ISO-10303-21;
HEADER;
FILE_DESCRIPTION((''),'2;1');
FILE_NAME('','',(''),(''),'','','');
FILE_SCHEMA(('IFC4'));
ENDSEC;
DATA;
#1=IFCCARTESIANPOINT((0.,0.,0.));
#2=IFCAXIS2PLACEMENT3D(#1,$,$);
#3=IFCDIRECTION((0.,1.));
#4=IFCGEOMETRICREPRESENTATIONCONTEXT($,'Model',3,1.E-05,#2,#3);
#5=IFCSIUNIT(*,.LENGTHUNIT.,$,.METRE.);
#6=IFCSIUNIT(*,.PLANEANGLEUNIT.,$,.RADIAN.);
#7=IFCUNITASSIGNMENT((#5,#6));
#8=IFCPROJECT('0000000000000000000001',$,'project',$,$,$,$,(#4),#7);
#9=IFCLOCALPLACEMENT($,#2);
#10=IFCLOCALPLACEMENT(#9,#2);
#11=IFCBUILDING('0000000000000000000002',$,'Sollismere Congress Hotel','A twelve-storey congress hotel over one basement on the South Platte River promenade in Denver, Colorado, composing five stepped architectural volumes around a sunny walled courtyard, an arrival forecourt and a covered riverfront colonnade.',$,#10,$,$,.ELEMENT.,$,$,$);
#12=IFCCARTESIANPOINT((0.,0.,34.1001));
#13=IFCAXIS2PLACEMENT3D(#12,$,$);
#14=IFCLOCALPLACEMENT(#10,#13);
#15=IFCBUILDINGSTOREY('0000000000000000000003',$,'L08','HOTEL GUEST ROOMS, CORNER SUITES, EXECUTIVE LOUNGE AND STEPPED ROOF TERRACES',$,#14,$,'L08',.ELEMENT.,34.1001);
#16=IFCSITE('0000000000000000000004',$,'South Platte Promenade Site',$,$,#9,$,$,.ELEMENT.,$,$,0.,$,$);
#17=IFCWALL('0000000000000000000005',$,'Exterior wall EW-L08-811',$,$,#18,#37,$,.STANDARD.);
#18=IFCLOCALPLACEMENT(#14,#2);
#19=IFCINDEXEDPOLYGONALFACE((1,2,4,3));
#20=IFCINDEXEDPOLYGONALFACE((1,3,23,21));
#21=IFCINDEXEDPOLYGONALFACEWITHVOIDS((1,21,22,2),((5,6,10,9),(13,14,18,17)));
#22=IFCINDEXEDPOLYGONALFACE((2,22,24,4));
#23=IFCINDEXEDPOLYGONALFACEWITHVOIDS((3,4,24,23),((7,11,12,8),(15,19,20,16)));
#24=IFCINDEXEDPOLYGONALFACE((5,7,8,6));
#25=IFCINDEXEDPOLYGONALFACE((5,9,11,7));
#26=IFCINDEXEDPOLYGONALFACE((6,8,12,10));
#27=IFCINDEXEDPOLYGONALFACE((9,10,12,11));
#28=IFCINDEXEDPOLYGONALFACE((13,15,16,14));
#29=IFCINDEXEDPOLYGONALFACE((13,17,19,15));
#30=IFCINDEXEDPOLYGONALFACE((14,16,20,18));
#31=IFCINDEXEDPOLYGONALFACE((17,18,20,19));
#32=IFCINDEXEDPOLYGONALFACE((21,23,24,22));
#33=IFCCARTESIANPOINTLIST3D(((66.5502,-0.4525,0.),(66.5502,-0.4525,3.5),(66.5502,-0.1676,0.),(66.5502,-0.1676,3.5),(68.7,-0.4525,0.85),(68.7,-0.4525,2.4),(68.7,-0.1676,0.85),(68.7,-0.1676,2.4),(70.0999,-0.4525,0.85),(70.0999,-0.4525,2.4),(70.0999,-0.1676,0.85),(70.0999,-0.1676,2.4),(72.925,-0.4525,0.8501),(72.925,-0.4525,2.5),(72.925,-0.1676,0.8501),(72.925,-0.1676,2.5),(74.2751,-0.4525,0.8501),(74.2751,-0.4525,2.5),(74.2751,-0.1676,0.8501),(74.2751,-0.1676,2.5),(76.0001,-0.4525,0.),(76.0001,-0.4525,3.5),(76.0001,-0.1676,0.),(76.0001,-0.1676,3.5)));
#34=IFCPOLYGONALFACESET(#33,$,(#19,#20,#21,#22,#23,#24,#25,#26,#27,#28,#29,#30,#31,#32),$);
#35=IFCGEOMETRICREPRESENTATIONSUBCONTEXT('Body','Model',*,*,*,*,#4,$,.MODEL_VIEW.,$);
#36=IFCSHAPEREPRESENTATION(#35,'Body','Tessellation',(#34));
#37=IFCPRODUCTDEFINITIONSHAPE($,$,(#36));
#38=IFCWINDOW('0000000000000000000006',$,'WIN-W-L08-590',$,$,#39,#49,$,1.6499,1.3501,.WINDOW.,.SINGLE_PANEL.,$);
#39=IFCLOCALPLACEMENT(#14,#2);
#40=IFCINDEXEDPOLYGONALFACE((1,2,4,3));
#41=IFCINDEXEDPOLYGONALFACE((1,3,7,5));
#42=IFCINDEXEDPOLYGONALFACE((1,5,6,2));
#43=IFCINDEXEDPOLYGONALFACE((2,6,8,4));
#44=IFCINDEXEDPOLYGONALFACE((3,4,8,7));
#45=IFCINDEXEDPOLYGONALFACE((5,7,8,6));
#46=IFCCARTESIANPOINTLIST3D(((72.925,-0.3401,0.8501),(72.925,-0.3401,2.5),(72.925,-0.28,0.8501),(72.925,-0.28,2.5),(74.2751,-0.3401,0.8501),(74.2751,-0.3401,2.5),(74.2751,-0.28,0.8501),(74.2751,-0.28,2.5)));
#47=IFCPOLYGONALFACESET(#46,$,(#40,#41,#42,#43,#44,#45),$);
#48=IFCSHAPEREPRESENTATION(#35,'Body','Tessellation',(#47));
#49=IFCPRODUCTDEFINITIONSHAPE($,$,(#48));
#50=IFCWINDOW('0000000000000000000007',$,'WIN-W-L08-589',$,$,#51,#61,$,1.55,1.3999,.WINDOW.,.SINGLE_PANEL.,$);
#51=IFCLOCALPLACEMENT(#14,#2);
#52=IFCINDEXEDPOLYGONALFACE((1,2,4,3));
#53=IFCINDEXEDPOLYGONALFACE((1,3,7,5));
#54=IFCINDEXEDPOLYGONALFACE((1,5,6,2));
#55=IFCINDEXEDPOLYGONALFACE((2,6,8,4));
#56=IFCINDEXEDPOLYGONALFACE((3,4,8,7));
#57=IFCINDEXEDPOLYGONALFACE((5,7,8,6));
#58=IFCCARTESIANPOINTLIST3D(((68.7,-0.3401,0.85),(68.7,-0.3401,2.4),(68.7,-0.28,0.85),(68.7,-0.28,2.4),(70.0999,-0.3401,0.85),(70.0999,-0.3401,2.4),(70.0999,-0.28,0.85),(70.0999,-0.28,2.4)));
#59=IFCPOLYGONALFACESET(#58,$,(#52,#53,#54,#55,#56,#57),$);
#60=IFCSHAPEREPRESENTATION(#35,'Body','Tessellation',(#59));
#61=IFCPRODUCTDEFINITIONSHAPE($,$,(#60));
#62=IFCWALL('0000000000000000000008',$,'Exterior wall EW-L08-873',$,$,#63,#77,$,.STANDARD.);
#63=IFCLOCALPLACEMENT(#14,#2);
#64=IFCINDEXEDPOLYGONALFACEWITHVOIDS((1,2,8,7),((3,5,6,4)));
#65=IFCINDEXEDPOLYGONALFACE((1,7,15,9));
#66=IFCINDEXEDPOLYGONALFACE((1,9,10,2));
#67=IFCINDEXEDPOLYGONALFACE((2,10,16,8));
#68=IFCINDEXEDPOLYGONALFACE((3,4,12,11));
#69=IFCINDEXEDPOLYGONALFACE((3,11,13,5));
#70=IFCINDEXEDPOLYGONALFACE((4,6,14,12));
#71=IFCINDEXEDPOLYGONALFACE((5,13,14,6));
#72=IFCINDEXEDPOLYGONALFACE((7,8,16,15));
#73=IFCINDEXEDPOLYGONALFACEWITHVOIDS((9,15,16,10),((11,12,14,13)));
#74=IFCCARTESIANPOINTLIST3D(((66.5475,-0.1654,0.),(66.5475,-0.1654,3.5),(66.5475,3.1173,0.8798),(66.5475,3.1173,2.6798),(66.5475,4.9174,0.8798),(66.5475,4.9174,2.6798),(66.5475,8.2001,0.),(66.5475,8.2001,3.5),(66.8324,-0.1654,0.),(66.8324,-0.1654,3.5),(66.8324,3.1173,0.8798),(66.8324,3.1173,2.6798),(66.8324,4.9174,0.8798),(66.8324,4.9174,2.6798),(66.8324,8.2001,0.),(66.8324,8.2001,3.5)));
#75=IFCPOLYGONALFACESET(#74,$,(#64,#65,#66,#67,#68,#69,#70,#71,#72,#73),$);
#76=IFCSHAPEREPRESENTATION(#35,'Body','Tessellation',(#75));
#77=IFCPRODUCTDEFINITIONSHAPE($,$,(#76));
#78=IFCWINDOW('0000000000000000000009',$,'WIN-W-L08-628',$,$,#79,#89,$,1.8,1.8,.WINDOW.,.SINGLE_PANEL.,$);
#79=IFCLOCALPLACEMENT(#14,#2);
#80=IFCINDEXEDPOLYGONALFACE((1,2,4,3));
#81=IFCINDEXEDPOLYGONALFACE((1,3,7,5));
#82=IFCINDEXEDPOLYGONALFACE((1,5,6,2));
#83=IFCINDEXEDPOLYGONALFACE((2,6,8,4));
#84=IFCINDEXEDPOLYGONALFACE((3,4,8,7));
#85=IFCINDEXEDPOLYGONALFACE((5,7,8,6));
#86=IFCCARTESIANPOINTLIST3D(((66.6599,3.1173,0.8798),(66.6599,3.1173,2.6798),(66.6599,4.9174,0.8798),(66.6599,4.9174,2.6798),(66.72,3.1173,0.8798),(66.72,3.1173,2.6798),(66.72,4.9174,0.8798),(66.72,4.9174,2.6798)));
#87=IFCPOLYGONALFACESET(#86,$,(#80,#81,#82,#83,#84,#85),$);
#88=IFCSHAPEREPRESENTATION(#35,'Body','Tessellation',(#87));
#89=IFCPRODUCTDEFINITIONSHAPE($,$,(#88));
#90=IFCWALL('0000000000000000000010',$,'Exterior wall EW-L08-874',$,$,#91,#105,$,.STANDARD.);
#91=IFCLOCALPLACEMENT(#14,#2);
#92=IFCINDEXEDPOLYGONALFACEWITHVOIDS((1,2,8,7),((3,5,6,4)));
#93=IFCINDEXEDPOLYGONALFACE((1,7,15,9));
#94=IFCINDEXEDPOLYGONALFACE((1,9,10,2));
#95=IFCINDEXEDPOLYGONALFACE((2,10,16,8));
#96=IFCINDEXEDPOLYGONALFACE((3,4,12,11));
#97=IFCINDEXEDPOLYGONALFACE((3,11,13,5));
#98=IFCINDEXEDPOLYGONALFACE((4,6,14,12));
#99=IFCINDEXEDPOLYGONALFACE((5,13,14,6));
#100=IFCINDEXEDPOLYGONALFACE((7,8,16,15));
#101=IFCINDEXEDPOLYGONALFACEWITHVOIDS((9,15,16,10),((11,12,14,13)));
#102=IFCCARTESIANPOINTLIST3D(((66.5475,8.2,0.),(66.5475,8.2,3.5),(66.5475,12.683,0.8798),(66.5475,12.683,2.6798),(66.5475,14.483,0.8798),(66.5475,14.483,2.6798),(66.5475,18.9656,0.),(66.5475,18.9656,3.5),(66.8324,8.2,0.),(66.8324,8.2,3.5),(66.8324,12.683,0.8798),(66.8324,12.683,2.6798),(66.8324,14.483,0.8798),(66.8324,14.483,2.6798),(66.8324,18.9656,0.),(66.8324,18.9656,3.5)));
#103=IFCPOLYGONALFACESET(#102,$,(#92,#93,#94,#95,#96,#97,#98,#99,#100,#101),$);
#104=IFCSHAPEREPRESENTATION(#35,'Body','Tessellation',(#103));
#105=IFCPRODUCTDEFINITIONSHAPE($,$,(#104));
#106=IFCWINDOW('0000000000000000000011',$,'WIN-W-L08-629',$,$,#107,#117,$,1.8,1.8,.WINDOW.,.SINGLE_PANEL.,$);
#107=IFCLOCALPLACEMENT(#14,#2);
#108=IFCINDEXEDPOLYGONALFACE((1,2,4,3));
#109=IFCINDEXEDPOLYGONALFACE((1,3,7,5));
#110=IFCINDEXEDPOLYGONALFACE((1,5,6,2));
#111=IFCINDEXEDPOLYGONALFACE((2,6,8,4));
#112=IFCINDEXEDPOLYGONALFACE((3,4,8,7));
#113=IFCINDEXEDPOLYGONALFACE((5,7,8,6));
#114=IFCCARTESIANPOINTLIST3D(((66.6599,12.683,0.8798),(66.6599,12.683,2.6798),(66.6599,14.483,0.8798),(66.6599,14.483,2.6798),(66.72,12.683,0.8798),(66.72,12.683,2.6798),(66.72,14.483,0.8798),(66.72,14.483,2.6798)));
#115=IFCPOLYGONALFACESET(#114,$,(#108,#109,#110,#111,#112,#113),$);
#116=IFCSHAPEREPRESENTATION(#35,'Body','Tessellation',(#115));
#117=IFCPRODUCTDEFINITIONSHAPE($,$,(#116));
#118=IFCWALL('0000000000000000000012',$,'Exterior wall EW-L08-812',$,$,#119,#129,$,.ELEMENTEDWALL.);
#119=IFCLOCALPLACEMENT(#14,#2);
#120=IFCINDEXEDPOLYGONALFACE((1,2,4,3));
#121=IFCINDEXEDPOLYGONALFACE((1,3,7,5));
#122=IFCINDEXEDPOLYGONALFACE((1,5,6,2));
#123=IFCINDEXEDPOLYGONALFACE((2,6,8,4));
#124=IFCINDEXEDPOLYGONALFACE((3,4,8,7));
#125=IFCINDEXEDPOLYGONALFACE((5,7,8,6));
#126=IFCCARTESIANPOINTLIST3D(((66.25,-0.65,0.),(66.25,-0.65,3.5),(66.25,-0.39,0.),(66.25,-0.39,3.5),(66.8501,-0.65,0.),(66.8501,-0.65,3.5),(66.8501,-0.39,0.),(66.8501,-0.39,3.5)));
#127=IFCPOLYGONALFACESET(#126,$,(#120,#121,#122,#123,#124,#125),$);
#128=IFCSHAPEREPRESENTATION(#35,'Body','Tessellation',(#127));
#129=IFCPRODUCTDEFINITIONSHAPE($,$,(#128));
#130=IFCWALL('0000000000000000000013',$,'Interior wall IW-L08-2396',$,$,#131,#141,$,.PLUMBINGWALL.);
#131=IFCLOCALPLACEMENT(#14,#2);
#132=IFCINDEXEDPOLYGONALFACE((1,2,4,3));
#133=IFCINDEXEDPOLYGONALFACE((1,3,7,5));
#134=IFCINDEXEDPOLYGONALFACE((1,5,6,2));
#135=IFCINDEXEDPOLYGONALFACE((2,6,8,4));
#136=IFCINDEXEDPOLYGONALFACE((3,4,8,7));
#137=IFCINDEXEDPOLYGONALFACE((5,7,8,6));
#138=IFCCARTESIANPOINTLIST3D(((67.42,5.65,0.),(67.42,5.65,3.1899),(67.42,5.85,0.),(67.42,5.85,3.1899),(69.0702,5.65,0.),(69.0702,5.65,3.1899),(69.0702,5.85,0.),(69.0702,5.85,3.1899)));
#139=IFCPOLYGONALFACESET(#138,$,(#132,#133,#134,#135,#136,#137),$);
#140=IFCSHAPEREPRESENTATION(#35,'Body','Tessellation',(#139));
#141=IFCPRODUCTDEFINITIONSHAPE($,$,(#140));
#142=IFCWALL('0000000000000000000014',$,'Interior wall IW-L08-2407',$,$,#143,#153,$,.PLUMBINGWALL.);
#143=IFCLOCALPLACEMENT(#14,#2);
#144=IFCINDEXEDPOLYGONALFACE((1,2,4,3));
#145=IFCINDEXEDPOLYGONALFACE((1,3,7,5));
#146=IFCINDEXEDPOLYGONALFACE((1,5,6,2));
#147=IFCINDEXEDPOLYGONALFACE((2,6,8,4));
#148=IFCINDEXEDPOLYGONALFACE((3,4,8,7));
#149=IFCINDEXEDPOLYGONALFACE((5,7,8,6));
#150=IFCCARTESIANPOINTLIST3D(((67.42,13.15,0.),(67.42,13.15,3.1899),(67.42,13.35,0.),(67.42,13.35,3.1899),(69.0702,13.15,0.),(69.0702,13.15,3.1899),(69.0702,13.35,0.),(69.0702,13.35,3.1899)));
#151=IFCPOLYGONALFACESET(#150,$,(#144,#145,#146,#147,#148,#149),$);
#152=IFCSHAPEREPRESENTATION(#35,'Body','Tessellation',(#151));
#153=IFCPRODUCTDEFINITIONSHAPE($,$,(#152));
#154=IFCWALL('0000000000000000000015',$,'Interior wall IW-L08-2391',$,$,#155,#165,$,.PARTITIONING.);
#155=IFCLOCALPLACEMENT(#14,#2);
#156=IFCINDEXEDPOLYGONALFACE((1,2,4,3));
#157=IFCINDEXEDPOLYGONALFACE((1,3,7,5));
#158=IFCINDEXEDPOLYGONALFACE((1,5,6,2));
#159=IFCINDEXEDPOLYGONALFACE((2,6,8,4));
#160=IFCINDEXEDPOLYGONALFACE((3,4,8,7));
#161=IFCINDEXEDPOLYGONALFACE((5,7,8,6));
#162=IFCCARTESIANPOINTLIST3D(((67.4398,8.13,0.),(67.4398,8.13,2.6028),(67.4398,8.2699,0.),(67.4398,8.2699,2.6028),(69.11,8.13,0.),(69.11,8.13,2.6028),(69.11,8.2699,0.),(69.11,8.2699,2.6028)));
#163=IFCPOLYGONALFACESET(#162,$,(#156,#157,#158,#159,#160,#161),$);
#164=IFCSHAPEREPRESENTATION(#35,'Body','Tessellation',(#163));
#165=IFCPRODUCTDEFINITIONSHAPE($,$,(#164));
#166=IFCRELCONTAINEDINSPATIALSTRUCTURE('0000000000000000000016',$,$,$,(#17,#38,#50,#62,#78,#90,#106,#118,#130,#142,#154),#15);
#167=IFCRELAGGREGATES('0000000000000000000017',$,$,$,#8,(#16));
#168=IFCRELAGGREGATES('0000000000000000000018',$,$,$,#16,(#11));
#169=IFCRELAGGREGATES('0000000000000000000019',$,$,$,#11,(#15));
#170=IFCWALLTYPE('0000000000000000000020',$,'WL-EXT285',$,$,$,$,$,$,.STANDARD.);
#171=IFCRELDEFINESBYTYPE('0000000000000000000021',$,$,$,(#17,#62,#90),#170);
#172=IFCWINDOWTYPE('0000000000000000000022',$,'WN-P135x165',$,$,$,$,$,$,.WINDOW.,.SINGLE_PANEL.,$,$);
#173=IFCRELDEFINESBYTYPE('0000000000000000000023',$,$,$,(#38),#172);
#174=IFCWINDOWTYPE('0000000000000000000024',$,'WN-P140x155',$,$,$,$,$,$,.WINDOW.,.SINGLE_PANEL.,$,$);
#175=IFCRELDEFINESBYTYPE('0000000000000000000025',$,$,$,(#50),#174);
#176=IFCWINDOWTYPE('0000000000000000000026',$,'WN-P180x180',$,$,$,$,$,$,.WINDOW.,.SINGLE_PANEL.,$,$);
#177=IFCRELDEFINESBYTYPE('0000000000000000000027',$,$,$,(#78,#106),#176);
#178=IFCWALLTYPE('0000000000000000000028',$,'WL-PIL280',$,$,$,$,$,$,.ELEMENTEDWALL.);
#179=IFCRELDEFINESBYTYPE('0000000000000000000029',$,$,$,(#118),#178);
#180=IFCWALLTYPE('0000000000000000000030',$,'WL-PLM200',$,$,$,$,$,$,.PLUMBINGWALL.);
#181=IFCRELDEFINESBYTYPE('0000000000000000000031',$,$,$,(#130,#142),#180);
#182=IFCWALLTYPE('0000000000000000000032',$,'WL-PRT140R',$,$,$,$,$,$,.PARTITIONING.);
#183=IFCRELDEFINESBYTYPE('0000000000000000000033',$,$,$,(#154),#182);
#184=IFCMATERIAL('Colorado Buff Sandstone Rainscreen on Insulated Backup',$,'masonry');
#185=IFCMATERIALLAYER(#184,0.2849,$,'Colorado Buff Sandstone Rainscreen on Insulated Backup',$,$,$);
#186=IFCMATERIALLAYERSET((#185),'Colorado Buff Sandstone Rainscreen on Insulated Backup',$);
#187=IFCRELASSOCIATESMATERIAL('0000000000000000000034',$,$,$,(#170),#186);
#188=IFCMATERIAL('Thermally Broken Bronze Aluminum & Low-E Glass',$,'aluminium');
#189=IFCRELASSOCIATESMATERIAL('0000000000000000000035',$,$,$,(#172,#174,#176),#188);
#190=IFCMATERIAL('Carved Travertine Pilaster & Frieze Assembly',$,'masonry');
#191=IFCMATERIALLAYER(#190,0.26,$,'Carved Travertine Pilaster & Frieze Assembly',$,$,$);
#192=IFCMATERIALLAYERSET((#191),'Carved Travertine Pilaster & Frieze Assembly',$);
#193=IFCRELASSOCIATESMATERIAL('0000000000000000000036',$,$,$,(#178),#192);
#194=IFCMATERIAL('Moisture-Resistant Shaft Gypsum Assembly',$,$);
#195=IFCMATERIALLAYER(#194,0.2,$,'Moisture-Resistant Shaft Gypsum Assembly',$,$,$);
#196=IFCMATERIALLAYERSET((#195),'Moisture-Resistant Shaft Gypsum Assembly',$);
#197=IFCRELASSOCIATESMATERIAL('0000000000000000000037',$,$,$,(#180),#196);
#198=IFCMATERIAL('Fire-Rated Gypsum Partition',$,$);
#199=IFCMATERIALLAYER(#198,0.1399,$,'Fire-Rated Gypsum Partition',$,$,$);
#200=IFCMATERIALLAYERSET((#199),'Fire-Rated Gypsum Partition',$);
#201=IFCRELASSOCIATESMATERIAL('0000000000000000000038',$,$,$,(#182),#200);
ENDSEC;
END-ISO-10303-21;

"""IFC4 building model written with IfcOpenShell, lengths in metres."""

from ifc_helpers import new_model, si_unit, direction, frame, frame_2d, origin, place, context, subcontext, project, spatial, rectangle, extrude, material, layer, layer_set, type_object, element, fill, save


model = new_model("IFC4")

# Units and contexts
model_context = context("Model", 3, precision=1e-05, world=origin(), true_north=direction((0.0, 1.0)))
body_context = subcontext(model_context, "Body", "Model", "MODEL_VIEW")
ifc_project = project(units=[si_unit("LENGTHUNIT", "METRE"), si_unit("PLANEANGLEUNIT", "RADIAN")], contexts=[model_context])

# Site, building, storey
site_placement = place(None, origin())
site = spatial("IfcSite", under=ifc_project, at=site_placement, Name="South Platte Promenade Site", CompositionType="ELEMENT", RefElevation=0.0)
building_placement = place(site_placement, origin())
building = spatial("IfcBuilding", under=site, at=building_placement, Name="Sollismere Congress Hotel", Description="A twelve-storey congress hotel over one basement on the South Platte River promenade in Denver, Colorado, composing five stepped architectural volumes around a sunny walled courtyard, an arrival forecourt and a covered riverfront colonnade.", CompositionType="ELEMENT")
storey_placement = place(building_placement, frame((0.0, 0.0, 34.1001)))
storey = spatial("IfcBuildingStorey", under=building, at=storey_placement, Name="L08", Description="HOTEL GUEST ROOMS, CORNER SUITES, EXECUTIVE LOUNGE AND STEPPED ROOF TERRACES", LongName="L08", CompositionType="ELEMENT", Elevation=34.1001)

# Wall, openings, windows
ifc_material_1 = material(Name="Colorado Buff Sandstone Rainscreen on Insulated Backup", Category="masonry")
ifc_layer_1 = layer(ifc_material_1, 0.2849, Name="Colorado Buff Sandstone Rainscreen on Insulated Backup")
ifc_layer_set_1 = layer_set([ifc_layer_1], Name="Colorado Buff Sandstone Rainscreen on Insulated Backup")
wall_type_1 = type_object("IfcWallType", Name="WL-EXT285", PredefinedType="STANDARD", material=ifc_layer_set_1)
wall_1_placement = place(storey_placement, frame((66.55, -0.3101, 0.0), z_axis=(0.0, 0.0, 1.0), x_axis=(1.0, 0.0, 0.0)))
wall_1 = element("IfcWall", 1, at=wall_1_placement, inside=storey, type_object=wall_type_1, Name="Exterior wall EW-L08-811", PredefinedType="STANDARD", context=body_context, shape_type="SweptSolid", body=[
    extrude(rectangle(XDim=9.45, YDim=0.2849, at=frame_2d((4.7251, 0.0))), origin(), (0.0, 0.0, 1.0), 3.5),
])
opening_1_placement = place(wall_1_placement, frame((2.1499, 0.0, 0.8501)))
opening_1 = element("IfcOpeningElement", 2, at=opening_1_placement, cuts=wall_1, PredefinedType="OPENING", context=body_context, shape_type="SweptSolid", body=[
    extrude(rectangle(XDim=1.3999, YDim=1.55, at=frame_2d((0.7, 0.7749))), frame((0.0, 0.1523, 0.0), z_axis=(0.0, -1.0, 0.0), x_axis=(1.0, 0.0, 0.0)), (0.0, 0.0, 1.0), 0.3049),
])
opening_2_placement = place(wall_1_placement, frame((6.375, 0.0, 0.8501)))
opening_2 = element("IfcOpeningElement", 3, at=opening_2_placement, cuts=wall_1, PredefinedType="OPENING", context=body_context, shape_type="SweptSolid", body=[
    extrude(rectangle(XDim=1.3501, YDim=1.6499, at=frame_2d((0.675, 0.825))), frame((0.0, 0.1523, 0.0), z_axis=(0.0, -1.0, 0.0), x_axis=(1.0, 0.0, 0.0)), (0.0, 0.0, 1.0), 0.3049),
])
ifc_material_2 = material(Name="Thermally Broken Bronze Aluminum & Low-E Glass", Category="aluminium")
window_type_1 = type_object("IfcWindowType", Name="WN-P135x165", PartitioningType="SINGLE_PANEL", PredefinedType="WINDOW", material=ifc_material_2)
window_1_placement = place(opening_2_placement, origin())
window_1 = element("IfcWindow", 4, at=window_1_placement, inside=storey, type_object=window_type_1, Name="WIN-W-L08-590", OverallHeight=1.6499, OverallWidth=1.3501, PartitioningType="SINGLE_PANEL", PredefinedType="WINDOW", context=body_context, shape_type="SweptSolid", body=[
    extrude(rectangle(XDim=1.3501, YDim=1.6499, at=frame_2d((0.675, 0.825))), frame((0.0, 0.03, 0.0), z_axis=(0.0, -1.0, 0.0), x_axis=(1.0, 0.0, 0.0)), (0.0, 0.0, 1.0), 0.0601),
])
fill(opening_2, window_1)
window_type_2 = type_object("IfcWindowType", Name="WN-P140x155", PartitioningType="SINGLE_PANEL", PredefinedType="WINDOW", material=ifc_material_2)
window_2_placement = place(opening_1_placement, origin())
window_2 = element("IfcWindow", 5, at=window_2_placement, inside=storey, type_object=window_type_2, Name="WIN-W-L08-589", OverallHeight=1.55, OverallWidth=1.3999, PartitioningType="SINGLE_PANEL", PredefinedType="WINDOW", context=body_context, shape_type="SweptSolid", body=[
    extrude(rectangle(XDim=1.3999, YDim=1.55, at=frame_2d((0.7, 0.7749))), frame((0.0, 0.03, 0.0), z_axis=(0.0, -1.0, 0.0), x_axis=(1.0, 0.0, 0.0)), (0.0, 0.0, 1.0), 0.0601),
])
fill(opening_1, window_2)

# Walls, openings, windows
wall_2_placement = place(storey_placement, frame((66.6899, 8.2, 0.0), z_axis=(0.0, 0.0, 1.0), x_axis=(0.0, -1.0, 0.0)))
wall_2 = element("IfcWall", 6, at=wall_2_placement, inside=storey, type_object=wall_type_1, Name="Exterior wall EW-L08-873", PredefinedType="STANDARD", context=body_context, shape_type="SweptSolid", body=[
    extrude(rectangle(XDim=8.3655, YDim=0.2849, at=frame_2d((4.1826, 0.0))), origin(), (0.0, 0.0, 1.0), 3.5),
])
opening_3_placement = place(wall_2_placement, frame((3.2827, 0.0, 0.8799)))
opening_3 = element("IfcOpeningElement", 7, at=opening_3_placement, cuts=wall_2, PredefinedType="OPENING", context=body_context, shape_type="SweptSolid", body=[
    extrude(rectangle(XDim=1.8, YDim=1.8, at=frame_2d((0.8999, 0.8999))), frame((0.0, 0.1523, 0.0), z_axis=(0.0, -1.0, 0.0), x_axis=(1.0, 0.0, 0.0)), (0.0, 0.0, 1.0), 0.3049),
])
window_type_3 = type_object("IfcWindowType", Name="WN-P180x180", PartitioningType="SINGLE_PANEL", PredefinedType="WINDOW", material=ifc_material_2)
window_3_placement = place(opening_3_placement, origin())
window_3 = element("IfcWindow", 8, at=window_3_placement, inside=storey, type_object=window_type_3, Name="WIN-W-L08-628", OverallHeight=1.8, OverallWidth=1.8, PartitioningType="SINGLE_PANEL", PredefinedType="WINDOW", context=body_context, shape_type="SweptSolid", body=[
    extrude(rectangle(XDim=1.8, YDim=1.8, at=frame_2d((0.8999, 0.8999))), frame((0.0, 0.03, 0.0), z_axis=(0.0, -1.0, 0.0), x_axis=(1.0, 0.0, 0.0)), (0.0, 0.0, 1.0), 0.0601),
])
fill(opening_3, window_3)
wall_3_placement = place(storey_placement, frame((66.6899, 18.9656, 0.0), z_axis=(0.0, 0.0, 1.0), x_axis=(0.0, -1.0, 0.0)))
wall_3 = element("IfcWall", 9, at=wall_3_placement, inside=storey, type_object=wall_type_1, Name="Exterior wall EW-L08-874", PredefinedType="STANDARD", context=body_context, shape_type="SweptSolid", body=[
    extrude(rectangle(XDim=10.7656, YDim=0.2849, at=frame_2d((5.3828, 0.0))), origin(), (0.0, 0.0, 1.0), 3.5),
])
opening_4_placement = place(wall_3_placement, frame((4.4827, 0.0, 0.8799)))
opening_4 = element("IfcOpeningElement", 10, at=opening_4_placement, cuts=wall_3, PredefinedType="OPENING", context=body_context, shape_type="SweptSolid", body=[
    extrude(rectangle(XDim=1.8, YDim=1.8, at=frame_2d((0.8999, 0.8999))), frame((0.0, 0.1523, 0.0), z_axis=(0.0, -1.0, 0.0), x_axis=(1.0, 0.0, 0.0)), (0.0, 0.0, 1.0), 0.3049),
])
window_4_placement = place(opening_4_placement, origin())
window_4 = element("IfcWindow", 11, at=window_4_placement, inside=storey, type_object=window_type_3, Name="WIN-W-L08-629", OverallHeight=1.8, OverallWidth=1.8, PartitioningType="SINGLE_PANEL", PredefinedType="WINDOW", context=body_context, shape_type="SweptSolid", body=[
    extrude(rectangle(XDim=1.8, YDim=1.8, at=frame_2d((0.8999, 0.8999))), frame((0.0, 0.03, 0.0), z_axis=(0.0, -1.0, 0.0), x_axis=(1.0, 0.0, 0.0)), (0.0, 0.0, 1.0), 0.0601),
])
fill(opening_4, window_4)

# Walls
ifc_material_3 = material(Name="Carved Travertine Pilaster & Frieze Assembly", Category="masonry")
ifc_layer_2 = layer(ifc_material_3, 0.26, Name="Carved Travertine Pilaster & Frieze Assembly")
ifc_layer_set_2 = layer_set([ifc_layer_2], Name="Carved Travertine Pilaster & Frieze Assembly")
wall_type_2 = type_object("IfcWallType", Name="WL-PIL280", PredefinedType="ELEMENTEDWALL", material=ifc_layer_set_2)
wall_4_placement = place(storey_placement, frame((66.25, -0.52, 0.0), z_axis=(0.0, 0.0, 1.0), x_axis=(1.0, 0.0, 0.0)))
element("IfcWall", 12, at=wall_4_placement, inside=storey, type_object=wall_type_2, Name="Exterior wall EW-L08-812", PredefinedType="ELEMENTEDWALL", context=body_context, shape_type="SweptSolid", body=[
    extrude(rectangle(XDim=0.6001, YDim=0.26, at=frame_2d((0.3, 0.0))), origin(), (0.0, 0.0, 1.0), 3.5),
])
ifc_material_4 = material(Name="Moisture-Resistant Shaft Gypsum Assembly")
ifc_layer_3 = layer(ifc_material_4, 0.2, Name="Moisture-Resistant Shaft Gypsum Assembly")
ifc_layer_set_3 = layer_set([ifc_layer_3], Name="Moisture-Resistant Shaft Gypsum Assembly")
wall_type_3 = type_object("IfcWallType", Name="WL-PLM200", PredefinedType="PLUMBINGWALL", material=ifc_layer_set_3)
for number, where, z_axis, x_axis, name in (
    (13, (67.4199, 5.75, 0.0), (0.0, 0.0, 1.0), (1.0, 0.0, 0.0), "Interior wall IW-L08-2396"),
    (14, (67.4199, 13.25, 0.0), (0.0, 0.0, 1.0), (1.0, 0.0, 0.0), "Interior wall IW-L08-2407"),
):
    element("IfcWall", number, at=place(storey_placement, frame(where, z_axis=z_axis, x_axis=x_axis)), inside=storey, type_object=wall_type_3, Name=name, PredefinedType="PLUMBINGWALL", context=body_context, shape_type="SweptSolid", body=[
        extrude(rectangle(XDim=1.6501, YDim=0.2, at=frame_2d((0.8252, 0.0))), origin(), (0.0, 0.0, 1.0), 3.1899),
    ])
ifc_material_5 = material(Name="Fire-Rated Gypsum Partition")
ifc_layer_4 = layer(ifc_material_5, 0.1399, Name="Fire-Rated Gypsum Partition")
ifc_layer_set_4 = layer_set([ifc_layer_4], Name="Fire-Rated Gypsum Partition")
wall_type_4 = type_object("IfcWallType", Name="WL-PRT140R", PredefinedType="PARTITIONING", material=ifc_layer_set_4)
wall_5_placement = place(storey_placement, frame((67.4399, 8.2, 0.0), z_axis=(0.0, 0.0, 1.0), x_axis=(1.0, 0.0, 0.0)))
element("IfcWall", 15, at=wall_5_placement, inside=storey, type_object=wall_type_4, Name="Interior wall IW-L08-2391", PredefinedType="PARTITIONING", context=body_context, shape_type="SweptSolid", body=[
    extrude(rectangle(XDim=1.6702, YDim=0.1399, at=frame_2d((0.835, 0.0))), origin(), (0.0, 0.0, 1.0), 2.6028),
])

save(model, "model.ifc")
